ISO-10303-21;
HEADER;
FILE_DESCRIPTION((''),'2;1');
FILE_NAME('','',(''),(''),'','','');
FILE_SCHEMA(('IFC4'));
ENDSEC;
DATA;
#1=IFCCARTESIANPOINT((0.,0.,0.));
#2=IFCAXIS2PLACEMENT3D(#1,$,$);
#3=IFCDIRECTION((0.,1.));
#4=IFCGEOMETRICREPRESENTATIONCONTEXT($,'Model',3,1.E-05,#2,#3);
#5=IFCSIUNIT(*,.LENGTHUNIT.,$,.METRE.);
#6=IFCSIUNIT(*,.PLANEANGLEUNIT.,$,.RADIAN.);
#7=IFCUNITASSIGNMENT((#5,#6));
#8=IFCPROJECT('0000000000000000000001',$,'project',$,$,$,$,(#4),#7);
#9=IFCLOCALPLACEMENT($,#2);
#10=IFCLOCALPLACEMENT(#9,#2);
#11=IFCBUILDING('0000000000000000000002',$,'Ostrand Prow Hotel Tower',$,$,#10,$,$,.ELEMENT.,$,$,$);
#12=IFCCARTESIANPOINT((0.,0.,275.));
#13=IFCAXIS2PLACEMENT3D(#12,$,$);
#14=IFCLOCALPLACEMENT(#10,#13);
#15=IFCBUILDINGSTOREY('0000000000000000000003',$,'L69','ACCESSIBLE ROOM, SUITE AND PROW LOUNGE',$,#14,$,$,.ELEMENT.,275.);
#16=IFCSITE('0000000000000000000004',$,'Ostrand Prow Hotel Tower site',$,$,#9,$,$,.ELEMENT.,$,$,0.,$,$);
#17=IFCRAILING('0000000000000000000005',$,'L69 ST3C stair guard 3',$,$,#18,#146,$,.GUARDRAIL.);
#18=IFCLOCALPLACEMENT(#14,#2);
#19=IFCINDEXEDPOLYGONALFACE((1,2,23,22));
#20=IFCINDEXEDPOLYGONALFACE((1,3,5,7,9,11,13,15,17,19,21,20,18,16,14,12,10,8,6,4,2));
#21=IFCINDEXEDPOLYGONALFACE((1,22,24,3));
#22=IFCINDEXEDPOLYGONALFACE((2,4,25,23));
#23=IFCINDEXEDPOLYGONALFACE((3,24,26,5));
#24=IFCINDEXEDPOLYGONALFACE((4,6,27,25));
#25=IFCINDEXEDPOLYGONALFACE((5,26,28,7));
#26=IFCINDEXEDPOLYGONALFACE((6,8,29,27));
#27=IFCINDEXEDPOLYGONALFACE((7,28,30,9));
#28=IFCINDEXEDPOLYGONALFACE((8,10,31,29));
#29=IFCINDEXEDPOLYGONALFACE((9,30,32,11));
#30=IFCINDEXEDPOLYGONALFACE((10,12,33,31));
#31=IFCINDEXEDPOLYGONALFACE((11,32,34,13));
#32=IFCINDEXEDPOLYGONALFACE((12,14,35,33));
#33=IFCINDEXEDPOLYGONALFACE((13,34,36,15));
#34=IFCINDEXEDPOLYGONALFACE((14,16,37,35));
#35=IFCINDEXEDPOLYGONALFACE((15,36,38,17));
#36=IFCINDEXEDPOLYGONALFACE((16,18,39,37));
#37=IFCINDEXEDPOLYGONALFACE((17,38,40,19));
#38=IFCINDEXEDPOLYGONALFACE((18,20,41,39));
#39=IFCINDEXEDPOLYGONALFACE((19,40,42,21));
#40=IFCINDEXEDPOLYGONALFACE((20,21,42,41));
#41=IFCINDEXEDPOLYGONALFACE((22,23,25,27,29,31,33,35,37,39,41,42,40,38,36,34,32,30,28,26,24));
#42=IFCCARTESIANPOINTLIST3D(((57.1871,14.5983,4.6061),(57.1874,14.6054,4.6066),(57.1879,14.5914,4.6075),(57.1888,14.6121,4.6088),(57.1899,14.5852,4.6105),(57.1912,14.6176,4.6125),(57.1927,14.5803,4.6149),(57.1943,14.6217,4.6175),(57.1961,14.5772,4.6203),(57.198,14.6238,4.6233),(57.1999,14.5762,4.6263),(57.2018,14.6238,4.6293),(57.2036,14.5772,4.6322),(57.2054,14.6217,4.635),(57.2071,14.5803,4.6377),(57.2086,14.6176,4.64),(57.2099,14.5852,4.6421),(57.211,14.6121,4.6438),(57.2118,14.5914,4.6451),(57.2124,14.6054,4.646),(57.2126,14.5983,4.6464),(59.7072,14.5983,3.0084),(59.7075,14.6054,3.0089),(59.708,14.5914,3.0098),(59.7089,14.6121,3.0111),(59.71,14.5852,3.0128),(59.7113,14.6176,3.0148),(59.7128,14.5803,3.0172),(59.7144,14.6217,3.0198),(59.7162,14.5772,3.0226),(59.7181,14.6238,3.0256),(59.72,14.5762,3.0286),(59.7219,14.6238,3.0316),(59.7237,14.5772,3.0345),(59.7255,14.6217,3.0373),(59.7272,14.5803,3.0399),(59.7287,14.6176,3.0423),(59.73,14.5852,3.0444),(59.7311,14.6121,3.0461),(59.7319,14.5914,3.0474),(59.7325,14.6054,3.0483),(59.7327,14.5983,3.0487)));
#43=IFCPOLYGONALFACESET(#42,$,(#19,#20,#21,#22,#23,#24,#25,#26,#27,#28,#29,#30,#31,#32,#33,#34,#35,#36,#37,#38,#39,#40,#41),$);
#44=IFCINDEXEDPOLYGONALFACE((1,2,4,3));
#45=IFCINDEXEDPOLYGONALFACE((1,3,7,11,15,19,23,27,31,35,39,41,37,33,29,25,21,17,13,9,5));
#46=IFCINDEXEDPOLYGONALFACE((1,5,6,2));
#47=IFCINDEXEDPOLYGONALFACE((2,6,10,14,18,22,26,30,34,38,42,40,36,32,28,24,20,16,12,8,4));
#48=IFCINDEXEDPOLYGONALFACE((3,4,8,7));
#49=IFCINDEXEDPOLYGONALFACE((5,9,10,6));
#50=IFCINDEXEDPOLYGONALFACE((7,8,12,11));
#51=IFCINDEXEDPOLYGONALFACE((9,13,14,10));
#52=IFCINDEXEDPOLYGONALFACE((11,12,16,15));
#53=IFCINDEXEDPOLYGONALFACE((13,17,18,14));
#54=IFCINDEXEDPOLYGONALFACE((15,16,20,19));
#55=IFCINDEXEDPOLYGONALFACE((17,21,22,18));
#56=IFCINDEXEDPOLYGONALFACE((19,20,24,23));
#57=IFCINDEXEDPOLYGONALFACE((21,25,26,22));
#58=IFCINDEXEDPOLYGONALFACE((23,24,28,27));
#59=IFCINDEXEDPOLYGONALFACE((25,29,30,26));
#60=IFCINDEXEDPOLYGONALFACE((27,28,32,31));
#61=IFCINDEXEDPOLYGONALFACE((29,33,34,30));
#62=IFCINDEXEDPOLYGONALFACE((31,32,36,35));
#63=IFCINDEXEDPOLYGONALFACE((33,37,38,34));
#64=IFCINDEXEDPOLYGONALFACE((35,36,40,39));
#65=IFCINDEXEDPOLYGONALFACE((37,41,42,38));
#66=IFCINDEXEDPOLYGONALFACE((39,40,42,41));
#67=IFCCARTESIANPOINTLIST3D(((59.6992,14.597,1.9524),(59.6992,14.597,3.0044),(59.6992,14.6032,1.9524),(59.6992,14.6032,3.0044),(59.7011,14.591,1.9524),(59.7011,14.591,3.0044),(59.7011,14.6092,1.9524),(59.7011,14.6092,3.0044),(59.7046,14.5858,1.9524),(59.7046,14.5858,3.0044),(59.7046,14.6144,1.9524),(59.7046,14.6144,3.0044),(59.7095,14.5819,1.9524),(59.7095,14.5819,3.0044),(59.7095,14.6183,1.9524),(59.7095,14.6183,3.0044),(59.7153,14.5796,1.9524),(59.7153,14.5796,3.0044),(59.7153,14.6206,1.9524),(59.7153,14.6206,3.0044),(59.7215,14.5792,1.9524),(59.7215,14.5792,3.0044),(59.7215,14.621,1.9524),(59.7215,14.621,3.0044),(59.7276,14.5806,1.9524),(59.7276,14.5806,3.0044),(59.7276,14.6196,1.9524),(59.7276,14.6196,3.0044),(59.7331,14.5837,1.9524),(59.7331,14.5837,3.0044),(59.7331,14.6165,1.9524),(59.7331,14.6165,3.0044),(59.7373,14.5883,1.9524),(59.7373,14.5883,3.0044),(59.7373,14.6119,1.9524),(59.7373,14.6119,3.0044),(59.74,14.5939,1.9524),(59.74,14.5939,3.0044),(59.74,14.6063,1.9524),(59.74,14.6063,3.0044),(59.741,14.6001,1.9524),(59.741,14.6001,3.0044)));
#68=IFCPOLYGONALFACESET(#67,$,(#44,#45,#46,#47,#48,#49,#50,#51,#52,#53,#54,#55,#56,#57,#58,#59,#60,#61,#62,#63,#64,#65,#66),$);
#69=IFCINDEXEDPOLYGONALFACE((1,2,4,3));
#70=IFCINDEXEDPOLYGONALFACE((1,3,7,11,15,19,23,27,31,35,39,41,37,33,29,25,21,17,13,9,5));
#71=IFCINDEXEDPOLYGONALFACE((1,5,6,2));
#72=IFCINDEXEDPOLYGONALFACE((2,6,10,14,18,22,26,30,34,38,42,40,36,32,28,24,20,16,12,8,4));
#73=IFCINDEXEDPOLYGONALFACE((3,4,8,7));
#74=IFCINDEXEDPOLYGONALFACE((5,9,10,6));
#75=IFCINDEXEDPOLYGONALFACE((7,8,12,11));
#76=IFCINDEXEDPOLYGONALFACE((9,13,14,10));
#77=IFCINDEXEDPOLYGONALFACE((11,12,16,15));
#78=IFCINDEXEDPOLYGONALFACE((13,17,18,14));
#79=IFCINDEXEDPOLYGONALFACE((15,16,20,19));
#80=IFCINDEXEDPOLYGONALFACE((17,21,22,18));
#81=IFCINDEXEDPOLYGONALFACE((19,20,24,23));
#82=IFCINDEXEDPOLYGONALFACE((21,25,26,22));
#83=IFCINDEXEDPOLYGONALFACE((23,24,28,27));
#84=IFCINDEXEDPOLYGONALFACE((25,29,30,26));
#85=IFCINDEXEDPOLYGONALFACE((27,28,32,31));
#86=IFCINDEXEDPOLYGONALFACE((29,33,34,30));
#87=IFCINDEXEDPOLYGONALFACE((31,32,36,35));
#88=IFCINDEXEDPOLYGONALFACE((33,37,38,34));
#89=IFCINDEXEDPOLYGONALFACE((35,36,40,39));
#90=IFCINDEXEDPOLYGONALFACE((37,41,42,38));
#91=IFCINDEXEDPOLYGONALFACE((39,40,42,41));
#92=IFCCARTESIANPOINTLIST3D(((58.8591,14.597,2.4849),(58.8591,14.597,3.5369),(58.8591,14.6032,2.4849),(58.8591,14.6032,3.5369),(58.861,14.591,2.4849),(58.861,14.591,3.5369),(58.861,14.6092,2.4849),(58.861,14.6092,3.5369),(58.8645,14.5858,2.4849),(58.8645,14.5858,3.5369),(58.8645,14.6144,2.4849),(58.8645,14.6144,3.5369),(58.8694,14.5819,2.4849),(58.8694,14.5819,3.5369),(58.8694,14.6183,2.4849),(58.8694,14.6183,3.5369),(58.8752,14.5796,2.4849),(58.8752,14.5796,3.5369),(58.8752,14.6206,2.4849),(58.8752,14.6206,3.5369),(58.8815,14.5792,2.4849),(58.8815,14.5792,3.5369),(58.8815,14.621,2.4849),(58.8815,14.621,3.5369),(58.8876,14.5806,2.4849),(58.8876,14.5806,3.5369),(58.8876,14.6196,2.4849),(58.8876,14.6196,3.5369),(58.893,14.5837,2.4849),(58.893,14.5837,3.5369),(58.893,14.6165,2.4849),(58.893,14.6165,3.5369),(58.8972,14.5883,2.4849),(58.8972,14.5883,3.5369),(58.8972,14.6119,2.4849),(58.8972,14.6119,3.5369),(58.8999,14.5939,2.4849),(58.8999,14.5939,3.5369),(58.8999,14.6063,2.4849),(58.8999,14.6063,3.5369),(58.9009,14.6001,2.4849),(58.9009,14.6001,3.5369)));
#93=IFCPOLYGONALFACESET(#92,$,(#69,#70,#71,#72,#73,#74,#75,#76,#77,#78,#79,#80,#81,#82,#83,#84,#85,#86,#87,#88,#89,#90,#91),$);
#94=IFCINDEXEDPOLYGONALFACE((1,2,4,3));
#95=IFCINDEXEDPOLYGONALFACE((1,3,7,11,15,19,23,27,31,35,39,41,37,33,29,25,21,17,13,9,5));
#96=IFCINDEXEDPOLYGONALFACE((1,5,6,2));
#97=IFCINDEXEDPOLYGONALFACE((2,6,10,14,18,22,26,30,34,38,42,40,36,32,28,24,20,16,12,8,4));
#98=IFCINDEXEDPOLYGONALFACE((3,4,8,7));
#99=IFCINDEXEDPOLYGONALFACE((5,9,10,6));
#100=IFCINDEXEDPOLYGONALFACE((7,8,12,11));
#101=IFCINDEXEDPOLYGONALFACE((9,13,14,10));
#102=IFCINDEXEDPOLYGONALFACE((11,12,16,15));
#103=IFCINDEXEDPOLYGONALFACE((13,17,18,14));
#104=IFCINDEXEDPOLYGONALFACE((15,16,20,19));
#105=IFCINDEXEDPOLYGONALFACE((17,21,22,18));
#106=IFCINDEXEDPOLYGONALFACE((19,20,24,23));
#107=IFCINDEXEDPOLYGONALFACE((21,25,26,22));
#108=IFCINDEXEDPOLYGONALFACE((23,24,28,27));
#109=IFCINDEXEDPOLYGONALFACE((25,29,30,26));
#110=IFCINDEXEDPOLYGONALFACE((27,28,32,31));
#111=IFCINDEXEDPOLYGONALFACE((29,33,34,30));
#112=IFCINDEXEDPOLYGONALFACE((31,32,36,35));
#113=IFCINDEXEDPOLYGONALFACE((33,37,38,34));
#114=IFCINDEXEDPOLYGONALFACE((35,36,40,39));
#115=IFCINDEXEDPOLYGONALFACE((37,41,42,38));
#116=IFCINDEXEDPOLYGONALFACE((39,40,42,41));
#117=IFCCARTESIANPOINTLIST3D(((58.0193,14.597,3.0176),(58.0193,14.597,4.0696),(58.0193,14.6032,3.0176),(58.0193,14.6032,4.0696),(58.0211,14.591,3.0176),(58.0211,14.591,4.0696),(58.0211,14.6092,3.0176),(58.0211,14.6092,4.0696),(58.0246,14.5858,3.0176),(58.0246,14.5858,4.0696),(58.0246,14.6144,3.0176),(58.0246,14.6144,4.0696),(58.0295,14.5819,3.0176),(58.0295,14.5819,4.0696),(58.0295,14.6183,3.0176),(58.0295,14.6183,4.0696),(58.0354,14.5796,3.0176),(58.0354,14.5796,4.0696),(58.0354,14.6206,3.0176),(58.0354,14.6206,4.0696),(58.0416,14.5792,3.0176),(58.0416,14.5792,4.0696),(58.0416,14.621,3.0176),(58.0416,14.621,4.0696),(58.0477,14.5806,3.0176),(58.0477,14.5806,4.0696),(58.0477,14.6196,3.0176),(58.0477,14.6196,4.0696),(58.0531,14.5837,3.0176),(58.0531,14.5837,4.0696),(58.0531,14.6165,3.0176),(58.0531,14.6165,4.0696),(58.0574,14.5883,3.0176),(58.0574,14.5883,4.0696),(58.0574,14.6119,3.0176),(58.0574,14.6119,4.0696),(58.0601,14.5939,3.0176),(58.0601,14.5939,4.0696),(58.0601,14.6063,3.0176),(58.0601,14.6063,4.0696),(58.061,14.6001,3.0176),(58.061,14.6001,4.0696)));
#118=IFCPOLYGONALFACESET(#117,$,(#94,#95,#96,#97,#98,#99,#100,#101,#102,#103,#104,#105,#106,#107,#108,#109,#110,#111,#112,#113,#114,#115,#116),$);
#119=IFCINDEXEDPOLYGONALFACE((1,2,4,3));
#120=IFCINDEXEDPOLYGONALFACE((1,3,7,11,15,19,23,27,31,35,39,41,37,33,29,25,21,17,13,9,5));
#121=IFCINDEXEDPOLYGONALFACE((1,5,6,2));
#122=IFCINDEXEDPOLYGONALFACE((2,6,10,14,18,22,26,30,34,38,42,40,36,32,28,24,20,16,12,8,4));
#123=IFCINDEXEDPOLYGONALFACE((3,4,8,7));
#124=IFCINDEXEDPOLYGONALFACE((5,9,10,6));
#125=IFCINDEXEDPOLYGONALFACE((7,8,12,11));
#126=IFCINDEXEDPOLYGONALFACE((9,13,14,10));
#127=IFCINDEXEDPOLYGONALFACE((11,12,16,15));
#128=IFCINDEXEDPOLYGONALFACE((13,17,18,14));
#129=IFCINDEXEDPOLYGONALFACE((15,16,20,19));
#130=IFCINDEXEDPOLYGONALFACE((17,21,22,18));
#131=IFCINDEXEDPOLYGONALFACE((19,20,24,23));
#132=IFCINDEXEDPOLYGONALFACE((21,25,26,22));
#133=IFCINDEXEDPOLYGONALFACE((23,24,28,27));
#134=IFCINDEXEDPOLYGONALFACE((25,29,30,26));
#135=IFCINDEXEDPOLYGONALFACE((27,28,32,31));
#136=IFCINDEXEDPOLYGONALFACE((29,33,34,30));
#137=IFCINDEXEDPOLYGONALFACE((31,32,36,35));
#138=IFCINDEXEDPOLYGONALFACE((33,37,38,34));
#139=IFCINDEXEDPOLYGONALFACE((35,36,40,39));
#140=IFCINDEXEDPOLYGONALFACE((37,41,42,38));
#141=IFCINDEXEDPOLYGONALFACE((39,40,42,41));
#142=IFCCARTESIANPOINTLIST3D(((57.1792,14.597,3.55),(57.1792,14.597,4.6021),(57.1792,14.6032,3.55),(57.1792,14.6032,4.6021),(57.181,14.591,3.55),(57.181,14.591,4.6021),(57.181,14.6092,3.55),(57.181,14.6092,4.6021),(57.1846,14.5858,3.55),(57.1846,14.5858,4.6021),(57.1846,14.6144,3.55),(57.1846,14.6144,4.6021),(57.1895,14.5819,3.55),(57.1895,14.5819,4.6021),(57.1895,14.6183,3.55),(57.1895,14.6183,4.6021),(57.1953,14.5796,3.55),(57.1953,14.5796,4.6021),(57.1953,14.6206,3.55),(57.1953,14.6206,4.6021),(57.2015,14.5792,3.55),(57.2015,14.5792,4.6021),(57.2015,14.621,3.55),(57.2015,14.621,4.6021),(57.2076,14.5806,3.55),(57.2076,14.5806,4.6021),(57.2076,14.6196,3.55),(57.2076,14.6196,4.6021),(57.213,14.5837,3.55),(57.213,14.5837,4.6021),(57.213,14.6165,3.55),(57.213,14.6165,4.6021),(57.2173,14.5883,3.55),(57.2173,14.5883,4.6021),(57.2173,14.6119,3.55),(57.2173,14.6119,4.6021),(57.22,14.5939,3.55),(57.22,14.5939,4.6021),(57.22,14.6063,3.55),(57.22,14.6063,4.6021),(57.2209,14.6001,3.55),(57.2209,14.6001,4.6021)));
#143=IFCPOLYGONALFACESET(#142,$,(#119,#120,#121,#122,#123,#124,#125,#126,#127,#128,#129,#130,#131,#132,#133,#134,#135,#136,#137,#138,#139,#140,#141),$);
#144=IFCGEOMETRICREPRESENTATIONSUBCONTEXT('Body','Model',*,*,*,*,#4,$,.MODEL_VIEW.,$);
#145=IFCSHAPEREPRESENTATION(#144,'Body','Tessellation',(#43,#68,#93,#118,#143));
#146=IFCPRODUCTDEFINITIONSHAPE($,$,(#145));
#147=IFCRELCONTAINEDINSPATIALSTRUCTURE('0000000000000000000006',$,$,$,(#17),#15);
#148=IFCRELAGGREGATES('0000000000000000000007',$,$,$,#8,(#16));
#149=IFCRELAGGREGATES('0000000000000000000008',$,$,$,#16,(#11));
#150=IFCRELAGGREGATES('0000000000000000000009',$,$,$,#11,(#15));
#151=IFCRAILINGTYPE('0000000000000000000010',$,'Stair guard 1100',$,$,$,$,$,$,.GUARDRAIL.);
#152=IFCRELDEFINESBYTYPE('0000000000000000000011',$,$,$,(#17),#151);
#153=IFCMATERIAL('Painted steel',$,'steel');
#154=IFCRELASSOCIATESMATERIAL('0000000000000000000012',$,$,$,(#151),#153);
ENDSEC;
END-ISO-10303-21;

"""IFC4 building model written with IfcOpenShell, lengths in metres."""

from ifc_helpers import new_model, si_unit, direction, frame, origin, origin_2d, place, context, subcontext, project, spatial, circle, extrude, material, type_object, element, save


model = new_model("IFC4")

# Units and contexts
model_context = context("Model", 3, precision=1e-05, world=origin(), true_north=direction((0.0, 1.0)))
body_context = subcontext(model_context, "Body", "Model", "MODEL_VIEW")
ifc_project = project(units=[si_unit("LENGTHUNIT", "METRE"), si_unit("PLANEANGLEUNIT", "RADIAN")], contexts=[model_context])

# Site, building, storey
site_placement = place(None, origin())
site = spatial("IfcSite", under=ifc_project, at=site_placement, Name="Ostrand Prow Hotel Tower site", CompositionType="ELEMENT", RefElevation=0.0)
building_placement = place(site_placement, origin())
building = spatial("IfcBuilding", under=site, at=building_placement, Name="Ostrand Prow Hotel Tower", CompositionType="ELEMENT")
storey_placement = place(building_placement, frame((0.0, 0.0, 275.0)))
storey = spatial("IfcBuildingStorey", under=building, at=storey_placement, Name="L69", Description="ACCESSIBLE ROOM, SUITE AND PROW LOUNGE", CompositionType="ELEMENT", Elevation=275.0)

# Railing
ifc_material_1 = material(Name="Painted steel", Category="steel")
railing_type_1 = type_object("IfcRailingType", Name="Stair guard 1100", PredefinedType="GUARDRAIL", material=ifc_material_1)
railing_1_placement = place(storey_placement, frame((59.72, 14.6001, 1.9524)))
element("IfcRailing", 1, at=railing_1_placement, inside=storey, type_object=railing_type_1, Name="L69 ST3C stair guard 3", PredefinedType="GUARDRAIL", context=body_context, shape_type="SweptSolid", body=[
    extrude(circle(Radius=0.0239, at=origin_2d()), frame((0.0, 0.0, 1.0762), z_axis=(-0.84457, 0.0, 0.535445), x_axis=(0.0, -1.0, 0.0)), (0.0, 0.0, 1.0), 2.9839),
    extrude(circle(Radius=0.021, at=origin_2d()), origin(), (0.0, 0.0, 1.0), 1.052),
    extrude(circle(Radius=0.021, at=origin_2d()), frame((-0.8401, 0.0, 0.5325)), (0.0, 0.0, 1.0), 1.052),
    extrude(circle(Radius=0.021, at=origin_2d()), frame((-1.6799, 0.0, 1.0652)), (0.0, 0.0, 1.0), 1.052),
    extrude(circle(Radius=0.021, at=origin_2d()), frame((-2.52, 0.0, 1.5977)), (0.0, 0.0, 1.0), 1.052),
])

save(model, "model.ifc")
